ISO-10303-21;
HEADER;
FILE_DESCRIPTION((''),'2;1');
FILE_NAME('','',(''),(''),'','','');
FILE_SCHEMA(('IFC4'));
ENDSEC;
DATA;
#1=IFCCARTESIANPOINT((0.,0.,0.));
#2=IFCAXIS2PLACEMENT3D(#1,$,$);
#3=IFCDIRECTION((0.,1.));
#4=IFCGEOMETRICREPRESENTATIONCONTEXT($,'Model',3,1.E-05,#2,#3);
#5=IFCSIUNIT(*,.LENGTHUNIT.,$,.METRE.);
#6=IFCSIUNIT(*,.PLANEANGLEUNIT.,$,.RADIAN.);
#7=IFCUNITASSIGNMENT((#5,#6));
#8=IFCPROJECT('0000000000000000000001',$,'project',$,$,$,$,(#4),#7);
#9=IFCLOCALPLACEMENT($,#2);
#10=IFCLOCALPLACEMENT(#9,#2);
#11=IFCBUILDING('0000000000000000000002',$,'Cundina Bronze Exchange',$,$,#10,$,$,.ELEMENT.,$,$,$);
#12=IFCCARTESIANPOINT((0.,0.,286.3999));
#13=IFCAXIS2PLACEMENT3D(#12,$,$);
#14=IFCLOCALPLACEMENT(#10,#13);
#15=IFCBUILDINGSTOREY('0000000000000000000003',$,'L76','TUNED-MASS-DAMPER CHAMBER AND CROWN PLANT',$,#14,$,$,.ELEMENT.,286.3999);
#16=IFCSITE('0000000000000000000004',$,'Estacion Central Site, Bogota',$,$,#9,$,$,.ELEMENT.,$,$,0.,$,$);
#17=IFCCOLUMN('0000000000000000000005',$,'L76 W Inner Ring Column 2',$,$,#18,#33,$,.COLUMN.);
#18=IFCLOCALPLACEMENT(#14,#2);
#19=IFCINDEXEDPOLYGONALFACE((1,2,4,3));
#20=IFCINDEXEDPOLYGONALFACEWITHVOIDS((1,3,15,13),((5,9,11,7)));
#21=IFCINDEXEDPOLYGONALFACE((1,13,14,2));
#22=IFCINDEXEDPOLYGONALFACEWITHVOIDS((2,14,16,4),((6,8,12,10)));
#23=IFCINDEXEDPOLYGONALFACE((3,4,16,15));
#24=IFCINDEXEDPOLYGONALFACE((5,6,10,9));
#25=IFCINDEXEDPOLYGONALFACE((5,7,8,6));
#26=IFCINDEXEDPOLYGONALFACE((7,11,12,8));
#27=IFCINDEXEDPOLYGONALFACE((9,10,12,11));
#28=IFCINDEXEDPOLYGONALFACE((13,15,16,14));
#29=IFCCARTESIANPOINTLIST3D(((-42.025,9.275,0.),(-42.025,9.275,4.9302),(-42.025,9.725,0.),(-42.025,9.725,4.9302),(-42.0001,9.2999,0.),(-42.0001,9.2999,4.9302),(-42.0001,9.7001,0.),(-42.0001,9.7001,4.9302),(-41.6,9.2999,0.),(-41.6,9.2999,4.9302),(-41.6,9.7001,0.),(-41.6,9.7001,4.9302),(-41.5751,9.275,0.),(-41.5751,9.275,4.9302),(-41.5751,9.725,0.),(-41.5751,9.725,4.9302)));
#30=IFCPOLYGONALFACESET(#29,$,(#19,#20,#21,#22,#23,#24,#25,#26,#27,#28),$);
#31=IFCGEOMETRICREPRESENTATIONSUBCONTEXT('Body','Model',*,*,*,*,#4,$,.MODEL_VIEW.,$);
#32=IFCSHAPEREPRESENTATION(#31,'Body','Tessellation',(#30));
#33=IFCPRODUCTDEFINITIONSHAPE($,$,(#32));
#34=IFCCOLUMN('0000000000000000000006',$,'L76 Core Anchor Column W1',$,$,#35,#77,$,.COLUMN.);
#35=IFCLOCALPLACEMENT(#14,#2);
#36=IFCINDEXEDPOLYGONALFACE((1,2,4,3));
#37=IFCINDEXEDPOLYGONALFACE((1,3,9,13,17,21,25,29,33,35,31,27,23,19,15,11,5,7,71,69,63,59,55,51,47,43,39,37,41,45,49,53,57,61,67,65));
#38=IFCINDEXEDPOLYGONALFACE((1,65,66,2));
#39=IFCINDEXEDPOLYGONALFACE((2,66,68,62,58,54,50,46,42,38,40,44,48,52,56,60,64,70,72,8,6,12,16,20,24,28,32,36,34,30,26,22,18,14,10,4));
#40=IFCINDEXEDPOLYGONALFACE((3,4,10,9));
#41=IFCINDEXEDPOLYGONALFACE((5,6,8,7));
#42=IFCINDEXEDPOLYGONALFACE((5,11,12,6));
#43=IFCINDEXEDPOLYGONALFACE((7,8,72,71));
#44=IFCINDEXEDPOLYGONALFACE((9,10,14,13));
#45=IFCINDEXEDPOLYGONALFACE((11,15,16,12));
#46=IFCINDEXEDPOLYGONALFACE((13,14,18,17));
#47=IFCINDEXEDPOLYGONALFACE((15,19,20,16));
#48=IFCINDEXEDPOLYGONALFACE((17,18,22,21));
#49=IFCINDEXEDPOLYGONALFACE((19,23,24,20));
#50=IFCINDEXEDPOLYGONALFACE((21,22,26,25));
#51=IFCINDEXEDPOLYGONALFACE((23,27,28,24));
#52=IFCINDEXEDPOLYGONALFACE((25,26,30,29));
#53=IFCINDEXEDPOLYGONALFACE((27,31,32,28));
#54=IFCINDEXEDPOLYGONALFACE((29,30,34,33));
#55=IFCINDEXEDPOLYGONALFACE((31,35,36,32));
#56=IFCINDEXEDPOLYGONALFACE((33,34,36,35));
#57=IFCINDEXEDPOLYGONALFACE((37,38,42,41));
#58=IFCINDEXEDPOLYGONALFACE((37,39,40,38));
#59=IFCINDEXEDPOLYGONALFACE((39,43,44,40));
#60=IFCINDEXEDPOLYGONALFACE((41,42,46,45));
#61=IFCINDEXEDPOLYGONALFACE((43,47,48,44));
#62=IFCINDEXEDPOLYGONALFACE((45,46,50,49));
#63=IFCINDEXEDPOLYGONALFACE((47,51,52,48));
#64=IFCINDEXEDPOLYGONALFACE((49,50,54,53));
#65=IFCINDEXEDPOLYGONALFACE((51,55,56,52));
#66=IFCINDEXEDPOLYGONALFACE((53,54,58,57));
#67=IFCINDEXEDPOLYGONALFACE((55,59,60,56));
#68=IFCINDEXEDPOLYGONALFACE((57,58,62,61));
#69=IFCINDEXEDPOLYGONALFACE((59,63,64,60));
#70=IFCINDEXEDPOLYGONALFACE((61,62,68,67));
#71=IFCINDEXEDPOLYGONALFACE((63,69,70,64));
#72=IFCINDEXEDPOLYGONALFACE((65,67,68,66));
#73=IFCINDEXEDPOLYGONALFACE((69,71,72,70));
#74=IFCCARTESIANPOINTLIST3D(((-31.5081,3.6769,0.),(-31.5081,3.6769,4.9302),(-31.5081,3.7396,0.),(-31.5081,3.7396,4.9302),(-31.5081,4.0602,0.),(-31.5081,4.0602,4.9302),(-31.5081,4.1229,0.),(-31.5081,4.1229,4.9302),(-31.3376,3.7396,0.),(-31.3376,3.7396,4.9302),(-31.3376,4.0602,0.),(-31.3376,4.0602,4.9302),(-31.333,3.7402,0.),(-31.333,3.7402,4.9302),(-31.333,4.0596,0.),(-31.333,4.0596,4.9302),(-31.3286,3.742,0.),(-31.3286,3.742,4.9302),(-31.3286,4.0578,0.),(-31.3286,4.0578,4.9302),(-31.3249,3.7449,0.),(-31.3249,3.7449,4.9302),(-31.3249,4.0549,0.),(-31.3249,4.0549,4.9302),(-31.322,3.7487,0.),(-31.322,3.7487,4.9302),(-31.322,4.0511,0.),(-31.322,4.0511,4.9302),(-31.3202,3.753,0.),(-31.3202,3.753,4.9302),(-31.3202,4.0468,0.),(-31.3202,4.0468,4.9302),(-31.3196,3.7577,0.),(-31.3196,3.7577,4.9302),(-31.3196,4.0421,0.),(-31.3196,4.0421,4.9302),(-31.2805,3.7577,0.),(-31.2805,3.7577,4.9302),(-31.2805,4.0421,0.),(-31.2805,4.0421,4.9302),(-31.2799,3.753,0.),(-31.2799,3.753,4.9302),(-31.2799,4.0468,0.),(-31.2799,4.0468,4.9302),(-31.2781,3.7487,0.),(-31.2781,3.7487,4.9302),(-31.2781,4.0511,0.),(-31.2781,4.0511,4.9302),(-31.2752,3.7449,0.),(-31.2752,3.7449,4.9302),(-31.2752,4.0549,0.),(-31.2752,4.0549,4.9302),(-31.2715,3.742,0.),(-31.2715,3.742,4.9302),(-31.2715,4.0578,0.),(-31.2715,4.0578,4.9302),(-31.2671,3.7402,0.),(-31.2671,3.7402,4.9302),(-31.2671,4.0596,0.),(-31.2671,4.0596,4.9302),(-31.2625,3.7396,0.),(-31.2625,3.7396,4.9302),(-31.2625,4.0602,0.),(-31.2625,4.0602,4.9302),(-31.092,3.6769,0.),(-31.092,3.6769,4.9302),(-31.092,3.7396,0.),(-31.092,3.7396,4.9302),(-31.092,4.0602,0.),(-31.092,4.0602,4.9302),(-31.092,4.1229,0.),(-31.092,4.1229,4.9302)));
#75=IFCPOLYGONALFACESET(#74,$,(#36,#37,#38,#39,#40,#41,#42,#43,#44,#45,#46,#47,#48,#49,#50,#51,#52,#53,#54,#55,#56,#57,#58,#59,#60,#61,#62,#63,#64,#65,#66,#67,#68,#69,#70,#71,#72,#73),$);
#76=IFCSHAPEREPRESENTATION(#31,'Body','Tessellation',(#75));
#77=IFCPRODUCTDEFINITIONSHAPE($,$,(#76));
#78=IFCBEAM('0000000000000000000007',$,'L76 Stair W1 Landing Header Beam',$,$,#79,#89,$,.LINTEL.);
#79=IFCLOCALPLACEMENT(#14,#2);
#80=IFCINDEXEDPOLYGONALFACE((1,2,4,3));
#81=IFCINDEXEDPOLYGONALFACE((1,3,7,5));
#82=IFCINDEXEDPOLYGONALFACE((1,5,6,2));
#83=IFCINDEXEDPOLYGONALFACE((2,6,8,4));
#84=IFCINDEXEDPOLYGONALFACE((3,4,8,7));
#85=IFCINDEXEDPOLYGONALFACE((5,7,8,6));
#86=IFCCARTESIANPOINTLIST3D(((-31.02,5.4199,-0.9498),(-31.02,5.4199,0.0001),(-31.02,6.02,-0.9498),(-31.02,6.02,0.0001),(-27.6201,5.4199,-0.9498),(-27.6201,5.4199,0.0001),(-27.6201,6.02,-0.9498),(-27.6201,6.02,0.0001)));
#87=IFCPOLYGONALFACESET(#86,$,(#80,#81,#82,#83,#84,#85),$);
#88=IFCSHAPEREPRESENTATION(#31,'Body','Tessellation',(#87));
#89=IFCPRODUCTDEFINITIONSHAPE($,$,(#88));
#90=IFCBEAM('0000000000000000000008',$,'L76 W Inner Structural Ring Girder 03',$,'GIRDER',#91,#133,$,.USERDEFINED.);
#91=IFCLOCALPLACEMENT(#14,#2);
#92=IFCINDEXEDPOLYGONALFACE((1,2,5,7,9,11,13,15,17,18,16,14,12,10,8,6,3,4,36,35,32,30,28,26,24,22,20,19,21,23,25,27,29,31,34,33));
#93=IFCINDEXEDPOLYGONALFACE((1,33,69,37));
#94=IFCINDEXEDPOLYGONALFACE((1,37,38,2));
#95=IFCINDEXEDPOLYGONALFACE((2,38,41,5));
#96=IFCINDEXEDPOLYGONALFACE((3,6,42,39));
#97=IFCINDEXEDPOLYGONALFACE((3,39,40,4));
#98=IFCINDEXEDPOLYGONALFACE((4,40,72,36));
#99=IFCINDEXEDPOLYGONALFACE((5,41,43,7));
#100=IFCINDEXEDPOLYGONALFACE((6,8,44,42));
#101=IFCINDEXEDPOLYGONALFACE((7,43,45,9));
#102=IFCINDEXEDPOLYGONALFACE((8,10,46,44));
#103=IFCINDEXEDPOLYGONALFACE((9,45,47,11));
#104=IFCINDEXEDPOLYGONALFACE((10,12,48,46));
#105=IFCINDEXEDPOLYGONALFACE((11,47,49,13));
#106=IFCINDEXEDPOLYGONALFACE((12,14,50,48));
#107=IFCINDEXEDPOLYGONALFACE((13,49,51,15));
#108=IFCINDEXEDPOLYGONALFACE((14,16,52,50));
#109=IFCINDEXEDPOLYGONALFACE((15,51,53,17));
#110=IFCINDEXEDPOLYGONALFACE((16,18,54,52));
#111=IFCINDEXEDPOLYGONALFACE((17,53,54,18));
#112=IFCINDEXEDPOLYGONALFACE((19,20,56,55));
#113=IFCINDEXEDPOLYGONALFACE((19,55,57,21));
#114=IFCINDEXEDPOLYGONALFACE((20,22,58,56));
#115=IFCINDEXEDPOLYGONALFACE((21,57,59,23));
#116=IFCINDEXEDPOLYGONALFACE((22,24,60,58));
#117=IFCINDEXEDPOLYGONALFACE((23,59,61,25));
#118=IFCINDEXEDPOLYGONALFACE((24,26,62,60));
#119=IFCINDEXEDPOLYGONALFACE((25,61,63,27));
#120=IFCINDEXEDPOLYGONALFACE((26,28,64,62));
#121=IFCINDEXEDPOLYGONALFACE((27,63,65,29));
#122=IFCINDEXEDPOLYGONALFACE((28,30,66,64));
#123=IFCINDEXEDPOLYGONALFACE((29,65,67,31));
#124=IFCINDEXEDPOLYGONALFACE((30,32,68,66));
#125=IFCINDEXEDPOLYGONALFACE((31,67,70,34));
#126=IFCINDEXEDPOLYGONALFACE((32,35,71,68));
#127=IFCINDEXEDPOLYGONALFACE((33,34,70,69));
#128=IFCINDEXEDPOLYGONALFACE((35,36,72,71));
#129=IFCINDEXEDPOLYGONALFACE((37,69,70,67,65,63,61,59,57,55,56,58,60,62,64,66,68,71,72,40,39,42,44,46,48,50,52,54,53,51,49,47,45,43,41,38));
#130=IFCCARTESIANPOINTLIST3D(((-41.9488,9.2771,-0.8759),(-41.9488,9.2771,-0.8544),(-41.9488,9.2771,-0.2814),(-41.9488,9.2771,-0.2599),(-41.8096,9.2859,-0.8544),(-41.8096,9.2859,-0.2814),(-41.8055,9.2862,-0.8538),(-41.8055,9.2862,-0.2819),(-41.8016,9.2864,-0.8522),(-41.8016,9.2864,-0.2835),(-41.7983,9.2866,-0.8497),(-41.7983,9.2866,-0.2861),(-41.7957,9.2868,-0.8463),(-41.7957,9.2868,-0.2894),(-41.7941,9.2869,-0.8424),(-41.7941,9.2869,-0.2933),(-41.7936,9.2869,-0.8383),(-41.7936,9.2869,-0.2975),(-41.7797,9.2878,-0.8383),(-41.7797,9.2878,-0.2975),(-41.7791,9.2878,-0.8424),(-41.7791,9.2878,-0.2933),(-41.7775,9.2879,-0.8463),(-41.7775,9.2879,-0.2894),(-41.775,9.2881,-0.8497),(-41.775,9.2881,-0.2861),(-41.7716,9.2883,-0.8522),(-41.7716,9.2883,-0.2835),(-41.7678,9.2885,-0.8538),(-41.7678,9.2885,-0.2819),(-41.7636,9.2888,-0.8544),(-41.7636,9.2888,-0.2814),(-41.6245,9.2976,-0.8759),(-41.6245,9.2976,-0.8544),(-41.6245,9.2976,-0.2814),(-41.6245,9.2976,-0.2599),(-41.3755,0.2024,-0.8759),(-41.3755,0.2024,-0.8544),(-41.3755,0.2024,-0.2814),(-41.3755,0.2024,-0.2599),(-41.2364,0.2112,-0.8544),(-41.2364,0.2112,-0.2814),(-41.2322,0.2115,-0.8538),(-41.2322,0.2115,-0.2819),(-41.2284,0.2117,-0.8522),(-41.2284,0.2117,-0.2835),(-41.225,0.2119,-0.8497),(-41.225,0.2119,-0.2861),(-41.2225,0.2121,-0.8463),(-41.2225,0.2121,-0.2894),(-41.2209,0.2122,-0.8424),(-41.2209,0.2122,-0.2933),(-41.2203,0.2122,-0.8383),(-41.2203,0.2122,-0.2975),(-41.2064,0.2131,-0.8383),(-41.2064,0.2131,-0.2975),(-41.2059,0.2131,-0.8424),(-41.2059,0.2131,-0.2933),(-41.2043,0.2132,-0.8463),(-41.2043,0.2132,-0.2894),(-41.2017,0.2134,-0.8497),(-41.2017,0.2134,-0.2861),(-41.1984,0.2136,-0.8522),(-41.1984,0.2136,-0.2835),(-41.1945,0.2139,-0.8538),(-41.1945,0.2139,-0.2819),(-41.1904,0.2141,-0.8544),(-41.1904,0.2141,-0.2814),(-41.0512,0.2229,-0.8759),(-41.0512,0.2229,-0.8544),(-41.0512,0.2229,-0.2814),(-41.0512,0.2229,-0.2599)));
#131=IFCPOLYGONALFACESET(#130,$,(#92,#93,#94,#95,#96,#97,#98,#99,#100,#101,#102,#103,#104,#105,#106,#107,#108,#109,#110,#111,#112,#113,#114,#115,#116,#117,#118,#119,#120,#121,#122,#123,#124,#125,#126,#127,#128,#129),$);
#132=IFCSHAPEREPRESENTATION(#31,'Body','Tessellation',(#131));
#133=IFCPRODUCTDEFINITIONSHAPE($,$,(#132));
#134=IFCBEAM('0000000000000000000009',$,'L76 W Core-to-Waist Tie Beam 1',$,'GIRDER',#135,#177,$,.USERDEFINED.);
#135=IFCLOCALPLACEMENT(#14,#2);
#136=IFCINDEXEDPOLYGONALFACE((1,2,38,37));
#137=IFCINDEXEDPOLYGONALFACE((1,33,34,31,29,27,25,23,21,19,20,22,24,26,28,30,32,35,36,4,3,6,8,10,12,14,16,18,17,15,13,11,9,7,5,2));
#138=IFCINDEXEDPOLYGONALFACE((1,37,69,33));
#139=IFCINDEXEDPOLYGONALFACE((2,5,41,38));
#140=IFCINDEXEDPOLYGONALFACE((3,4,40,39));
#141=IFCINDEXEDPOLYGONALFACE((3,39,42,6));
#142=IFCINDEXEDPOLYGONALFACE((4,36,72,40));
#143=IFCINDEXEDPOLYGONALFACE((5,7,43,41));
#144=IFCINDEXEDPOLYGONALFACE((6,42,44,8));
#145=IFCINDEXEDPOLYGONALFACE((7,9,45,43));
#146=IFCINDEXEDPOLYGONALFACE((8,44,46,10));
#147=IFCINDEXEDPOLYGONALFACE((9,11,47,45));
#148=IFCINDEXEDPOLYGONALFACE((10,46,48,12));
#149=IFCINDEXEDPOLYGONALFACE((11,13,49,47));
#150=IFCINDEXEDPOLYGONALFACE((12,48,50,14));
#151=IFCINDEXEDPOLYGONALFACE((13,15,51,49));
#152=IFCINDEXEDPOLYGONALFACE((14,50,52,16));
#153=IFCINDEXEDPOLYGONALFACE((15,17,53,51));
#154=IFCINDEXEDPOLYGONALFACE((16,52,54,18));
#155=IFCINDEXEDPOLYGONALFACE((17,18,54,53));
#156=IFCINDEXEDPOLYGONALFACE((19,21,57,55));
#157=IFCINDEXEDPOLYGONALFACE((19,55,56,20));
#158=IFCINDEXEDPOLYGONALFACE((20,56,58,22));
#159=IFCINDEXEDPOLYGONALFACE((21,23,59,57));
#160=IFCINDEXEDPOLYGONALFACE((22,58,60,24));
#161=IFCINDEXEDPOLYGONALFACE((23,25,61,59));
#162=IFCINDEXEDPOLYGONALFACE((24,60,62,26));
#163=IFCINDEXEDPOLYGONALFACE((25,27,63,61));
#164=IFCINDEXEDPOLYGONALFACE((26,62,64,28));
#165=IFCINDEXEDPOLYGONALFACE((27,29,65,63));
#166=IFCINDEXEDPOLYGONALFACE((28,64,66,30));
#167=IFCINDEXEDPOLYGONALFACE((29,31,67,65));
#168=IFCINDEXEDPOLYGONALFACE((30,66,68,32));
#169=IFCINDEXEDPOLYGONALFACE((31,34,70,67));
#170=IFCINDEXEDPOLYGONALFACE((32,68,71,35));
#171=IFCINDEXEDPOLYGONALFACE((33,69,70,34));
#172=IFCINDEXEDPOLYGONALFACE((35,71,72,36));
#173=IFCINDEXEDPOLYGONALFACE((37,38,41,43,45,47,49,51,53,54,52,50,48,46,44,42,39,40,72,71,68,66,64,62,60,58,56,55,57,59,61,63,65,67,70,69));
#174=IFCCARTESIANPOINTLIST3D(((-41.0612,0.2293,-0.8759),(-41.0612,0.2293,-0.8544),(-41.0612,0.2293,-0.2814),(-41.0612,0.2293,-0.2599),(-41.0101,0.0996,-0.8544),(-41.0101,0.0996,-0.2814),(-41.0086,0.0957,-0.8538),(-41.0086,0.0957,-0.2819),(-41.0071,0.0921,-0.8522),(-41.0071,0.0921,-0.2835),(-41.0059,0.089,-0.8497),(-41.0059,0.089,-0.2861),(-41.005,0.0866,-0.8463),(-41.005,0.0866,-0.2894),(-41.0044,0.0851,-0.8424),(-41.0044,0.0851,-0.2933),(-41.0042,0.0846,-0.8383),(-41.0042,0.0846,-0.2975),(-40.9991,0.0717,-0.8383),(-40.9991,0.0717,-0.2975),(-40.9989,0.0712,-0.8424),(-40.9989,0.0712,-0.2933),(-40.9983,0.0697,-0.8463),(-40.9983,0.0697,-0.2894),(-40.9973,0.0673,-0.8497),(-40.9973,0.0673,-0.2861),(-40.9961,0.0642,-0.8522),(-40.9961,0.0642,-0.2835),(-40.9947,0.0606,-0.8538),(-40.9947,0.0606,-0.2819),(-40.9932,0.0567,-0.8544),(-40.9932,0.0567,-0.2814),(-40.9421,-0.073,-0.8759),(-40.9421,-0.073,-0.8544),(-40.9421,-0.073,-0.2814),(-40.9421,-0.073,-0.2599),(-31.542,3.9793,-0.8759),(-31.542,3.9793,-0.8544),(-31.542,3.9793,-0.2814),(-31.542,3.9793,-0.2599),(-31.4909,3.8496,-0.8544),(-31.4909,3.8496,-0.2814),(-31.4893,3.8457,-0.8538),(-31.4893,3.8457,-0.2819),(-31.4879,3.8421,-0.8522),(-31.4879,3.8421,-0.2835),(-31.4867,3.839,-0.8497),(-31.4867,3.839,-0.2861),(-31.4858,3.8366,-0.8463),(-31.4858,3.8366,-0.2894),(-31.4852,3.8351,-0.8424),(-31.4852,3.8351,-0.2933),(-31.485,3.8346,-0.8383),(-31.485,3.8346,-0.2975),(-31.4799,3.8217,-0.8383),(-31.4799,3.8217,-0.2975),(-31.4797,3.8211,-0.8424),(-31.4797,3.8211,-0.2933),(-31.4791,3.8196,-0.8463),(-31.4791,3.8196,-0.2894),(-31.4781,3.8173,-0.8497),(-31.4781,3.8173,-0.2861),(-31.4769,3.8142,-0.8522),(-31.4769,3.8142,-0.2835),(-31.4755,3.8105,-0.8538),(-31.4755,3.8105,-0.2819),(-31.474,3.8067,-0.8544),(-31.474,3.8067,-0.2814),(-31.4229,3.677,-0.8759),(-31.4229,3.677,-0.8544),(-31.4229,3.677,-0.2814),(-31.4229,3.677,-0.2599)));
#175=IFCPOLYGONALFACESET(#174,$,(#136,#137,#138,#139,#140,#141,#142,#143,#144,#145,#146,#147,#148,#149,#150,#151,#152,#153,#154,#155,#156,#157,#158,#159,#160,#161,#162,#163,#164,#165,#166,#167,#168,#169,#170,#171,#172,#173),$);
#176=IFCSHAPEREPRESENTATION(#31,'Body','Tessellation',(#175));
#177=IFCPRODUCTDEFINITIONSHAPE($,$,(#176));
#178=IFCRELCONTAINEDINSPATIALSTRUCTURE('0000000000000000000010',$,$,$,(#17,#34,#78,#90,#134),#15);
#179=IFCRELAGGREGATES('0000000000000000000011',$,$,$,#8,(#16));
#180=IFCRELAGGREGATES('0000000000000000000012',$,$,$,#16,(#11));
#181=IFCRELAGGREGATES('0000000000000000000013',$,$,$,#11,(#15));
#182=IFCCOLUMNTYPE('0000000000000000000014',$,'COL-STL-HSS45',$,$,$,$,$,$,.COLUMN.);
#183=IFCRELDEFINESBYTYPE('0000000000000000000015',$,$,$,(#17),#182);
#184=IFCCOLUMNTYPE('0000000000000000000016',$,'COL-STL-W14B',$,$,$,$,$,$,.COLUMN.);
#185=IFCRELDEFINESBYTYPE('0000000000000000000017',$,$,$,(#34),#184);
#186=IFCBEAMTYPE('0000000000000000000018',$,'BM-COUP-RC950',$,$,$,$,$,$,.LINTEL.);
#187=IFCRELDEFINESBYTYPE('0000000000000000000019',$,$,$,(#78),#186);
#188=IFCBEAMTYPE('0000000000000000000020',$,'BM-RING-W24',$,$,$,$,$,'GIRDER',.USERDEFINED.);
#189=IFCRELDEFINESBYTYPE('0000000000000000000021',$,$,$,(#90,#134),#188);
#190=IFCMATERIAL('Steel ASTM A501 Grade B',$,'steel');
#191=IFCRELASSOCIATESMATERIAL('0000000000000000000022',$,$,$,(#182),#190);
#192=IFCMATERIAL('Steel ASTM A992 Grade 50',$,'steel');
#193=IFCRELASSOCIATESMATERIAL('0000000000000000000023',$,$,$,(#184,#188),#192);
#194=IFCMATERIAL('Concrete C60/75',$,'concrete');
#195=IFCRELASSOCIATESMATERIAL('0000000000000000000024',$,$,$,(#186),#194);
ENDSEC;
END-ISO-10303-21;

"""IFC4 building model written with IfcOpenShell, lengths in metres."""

from ifc_helpers import new_model, si_unit, direction, frame, origin, origin_2d, place, context, subcontext, project, spatial, rectangle, hollow_rectangle, i_section, extrude, material, material_profile, profile_set, type_object, element, save


model = new_model("IFC4")

# Units and contexts
model_context = context("Model", 3, precision=1e-05, world=origin(), true_north=direction((0.0, 1.0)))
body_context = subcontext(model_context, "Body", "Model", "MODEL_VIEW")
ifc_project = project(units=[si_unit("LENGTHUNIT", "METRE"), si_unit("PLANEANGLEUNIT", "RADIAN")], contexts=[model_context])

# Site, building, storey
site_placement = place(None, origin())
site = spatial("IfcSite", under=ifc_project, at=site_placement, Name="Estacion Central Site, Bogota", CompositionType="ELEMENT", RefElevation=0.0)
building_placement = place(site_placement, origin())
building = spatial("IfcBuilding", under=site, at=building_placement, Name="Cundina Bronze Exchange", CompositionType="ELEMENT")
storey_placement = place(building_placement, frame((0.0, 0.0, 286.3999)))
storey = spatial("IfcBuildingStorey", under=building, at=storey_placement, Name="L76", Description="TUNED-MASS-DAMPER CHAMBER AND CROWN PLANT", CompositionType="ELEMENT", Elevation=286.3999)

# Columns
ifc_material_1 = material(Name="Steel ASTM A501 Grade B", Category="steel")
ifc_material_profile_1 = material_profile(ifc_material_1, hollow_rectangle(XDim=0.45, YDim=0.45, WallThickness=0.0249, at=origin_2d()), Name="HSS450X450X25", Category="steel")
ifc_profile_set_1 = profile_set([ifc_material_profile_1], Name="Steel ASTM A501 Grade B")
column_type_1 = type_object("IfcColumnType", Name="COL-STL-HSS45", PredefinedType="COLUMN", material=ifc_profile_set_1)
column_1_placement = place(storey_placement, frame((-41.8, 9.5, 0.0), z_axis=(0.0, 0.0, 1.0), x_axis=(1.0, 0.0, 0.0)))
element("IfcColumn", 1, at=column_1_placement, inside=storey, type_object=column_type_1, Name="L76 W Inner Ring Column 2", PredefinedType="COLUMN", context=body_context, shape_type="SweptSolid", body=[
    extrude(hollow_rectangle(XDim=0.45, YDim=0.45, WallThickness=0.0249, at=origin_2d()), origin(), (0.0, 0.0, 1.0), 4.9302),
])
ifc_material_2 = material(Name="Steel ASTM A992 Grade 50", Category="steel")
ifc_material_profile_2 = material_profile(ifc_material_2, i_section(OverallWidth=0.416, OverallDepth=0.446, WebThickness=0.0391, FlangeThickness=0.0627, FilletRadius=0.0181, at=origin_2d()), Name="W14X342", Category="steel")
ifc_profile_set_2 = profile_set([ifc_material_profile_2], Name="Steel ASTM A992 Grade 50")
column_type_2 = type_object("IfcColumnType", Name="COL-STL-W14B", PredefinedType="COLUMN", material=ifc_profile_set_2)
column_2_placement = place(storey_placement, frame((-31.3, 3.8999, 0.0), z_axis=(0.0, 0.0, 1.0), x_axis=(1.0, 0.0, 0.0)))
element("IfcColumn", 2, at=column_2_placement, inside=storey, type_object=column_type_2, Name="L76 Core Anchor Column W1", PredefinedType="COLUMN", context=body_context, shape_type="SweptSolid", body=[
    extrude(i_section(OverallWidth=0.416, OverallDepth=0.446, WebThickness=0.0391, FlangeThickness=0.0627, FilletRadius=0.0181, at=origin_2d()), origin(), (0.0, 0.0, 1.0), 4.9302),
])

# Beams
ifc_material_3 = material(Name="Concrete C60/75", Category="concrete")
ifc_material_profile_3 = material_profile(ifc_material_3, rectangle(XDim=0.6001, YDim=0.95, at=origin_2d()), Name="RC600X950", Category="concrete")
ifc_profile_set_3 = profile_set([ifc_material_profile_3], Name="Concrete C60/75")
beam_type_1 = type_object("IfcBeamType", Name="BM-COUP-RC950", PredefinedType="LINTEL", material=ifc_profile_set_3)
beam_1_placement = place(storey_placement, frame((-31.02, 5.72, -0.4749), z_axis=(1.0, 0.0, 0.0), x_axis=(0.0, 1.0, 0.0)))
element("IfcBeam", 3, at=beam_1_placement, inside=storey, type_object=beam_type_1, Name="L76 Stair W1 Landing Header Beam", PredefinedType="LINTEL", context=body_context, shape_type="SweptSolid", body=[
    extrude(rectangle(XDim=0.6001, YDim=0.95, at=origin_2d()), origin(), (0.0, 0.0, 1.0), 3.3999),
])
ifc_material_profile_4 = material_profile(ifc_material_2, i_section(OverallWidth=0.325, OverallDepth=0.616, WebThickness=0.0139, FlangeThickness=0.0215, FilletRadius=0.0161, at=origin_2d()), Name="W24X117", Category="steel")
ifc_profile_set_4 = profile_set([ifc_material_profile_4], Name="Steel ASTM A992 Grade 50")
beam_type_2 = type_object("IfcBeamType", Name="BM-RING-W24", ElementType="GIRDER", PredefinedType="USERDEFINED", material=ifc_profile_set_4)
beam_2_placement = place(storey_placement, frame((-41.7866, 9.2874, -0.5679), z_axis=(0.063044, -0.998011, 0.0), x_axis=(0.998011, 0.063044, 0.0)))
element("IfcBeam", 4, at=beam_2_placement, inside=storey, type_object=beam_type_2, Name="L76 W Inner Structural Ring Girder 03", ObjectType="GIRDER", PredefinedType="USERDEFINED", context=body_context, shape_type="SweptSolid", body=[
    extrude(i_section(OverallWidth=0.325, OverallDepth=0.616, WebThickness=0.0139, FlangeThickness=0.0215, FilletRadius=0.0161, at=origin_2d()), origin(), (0.0, 0.0, 1.0), 9.0928),
])
beam_3_placement = place(storey_placement, frame((-31.4824, 3.8281, -0.5679), z_axis=(-0.930409, -0.366523, 0.0), x_axis=(0.366523, -0.930409, 0.0)))
element("IfcBeam", 5, at=beam_3_placement, inside=storey, type_object=beam_type_2, Name="L76 W Core-to-Waist Tie Beam 1", ObjectType="GIRDER", PredefinedType="USERDEFINED", context=body_context, shape_type="SweptSolid", body=[
    extrude(i_section(OverallWidth=0.325, OverallDepth=0.616, WebThickness=0.0139, FlangeThickness=0.0215, FilletRadius=0.0161, at=origin_2d()), origin(), (0.0, 0.0, 1.0), 10.2312),
])

save(model, "model.ifc")
